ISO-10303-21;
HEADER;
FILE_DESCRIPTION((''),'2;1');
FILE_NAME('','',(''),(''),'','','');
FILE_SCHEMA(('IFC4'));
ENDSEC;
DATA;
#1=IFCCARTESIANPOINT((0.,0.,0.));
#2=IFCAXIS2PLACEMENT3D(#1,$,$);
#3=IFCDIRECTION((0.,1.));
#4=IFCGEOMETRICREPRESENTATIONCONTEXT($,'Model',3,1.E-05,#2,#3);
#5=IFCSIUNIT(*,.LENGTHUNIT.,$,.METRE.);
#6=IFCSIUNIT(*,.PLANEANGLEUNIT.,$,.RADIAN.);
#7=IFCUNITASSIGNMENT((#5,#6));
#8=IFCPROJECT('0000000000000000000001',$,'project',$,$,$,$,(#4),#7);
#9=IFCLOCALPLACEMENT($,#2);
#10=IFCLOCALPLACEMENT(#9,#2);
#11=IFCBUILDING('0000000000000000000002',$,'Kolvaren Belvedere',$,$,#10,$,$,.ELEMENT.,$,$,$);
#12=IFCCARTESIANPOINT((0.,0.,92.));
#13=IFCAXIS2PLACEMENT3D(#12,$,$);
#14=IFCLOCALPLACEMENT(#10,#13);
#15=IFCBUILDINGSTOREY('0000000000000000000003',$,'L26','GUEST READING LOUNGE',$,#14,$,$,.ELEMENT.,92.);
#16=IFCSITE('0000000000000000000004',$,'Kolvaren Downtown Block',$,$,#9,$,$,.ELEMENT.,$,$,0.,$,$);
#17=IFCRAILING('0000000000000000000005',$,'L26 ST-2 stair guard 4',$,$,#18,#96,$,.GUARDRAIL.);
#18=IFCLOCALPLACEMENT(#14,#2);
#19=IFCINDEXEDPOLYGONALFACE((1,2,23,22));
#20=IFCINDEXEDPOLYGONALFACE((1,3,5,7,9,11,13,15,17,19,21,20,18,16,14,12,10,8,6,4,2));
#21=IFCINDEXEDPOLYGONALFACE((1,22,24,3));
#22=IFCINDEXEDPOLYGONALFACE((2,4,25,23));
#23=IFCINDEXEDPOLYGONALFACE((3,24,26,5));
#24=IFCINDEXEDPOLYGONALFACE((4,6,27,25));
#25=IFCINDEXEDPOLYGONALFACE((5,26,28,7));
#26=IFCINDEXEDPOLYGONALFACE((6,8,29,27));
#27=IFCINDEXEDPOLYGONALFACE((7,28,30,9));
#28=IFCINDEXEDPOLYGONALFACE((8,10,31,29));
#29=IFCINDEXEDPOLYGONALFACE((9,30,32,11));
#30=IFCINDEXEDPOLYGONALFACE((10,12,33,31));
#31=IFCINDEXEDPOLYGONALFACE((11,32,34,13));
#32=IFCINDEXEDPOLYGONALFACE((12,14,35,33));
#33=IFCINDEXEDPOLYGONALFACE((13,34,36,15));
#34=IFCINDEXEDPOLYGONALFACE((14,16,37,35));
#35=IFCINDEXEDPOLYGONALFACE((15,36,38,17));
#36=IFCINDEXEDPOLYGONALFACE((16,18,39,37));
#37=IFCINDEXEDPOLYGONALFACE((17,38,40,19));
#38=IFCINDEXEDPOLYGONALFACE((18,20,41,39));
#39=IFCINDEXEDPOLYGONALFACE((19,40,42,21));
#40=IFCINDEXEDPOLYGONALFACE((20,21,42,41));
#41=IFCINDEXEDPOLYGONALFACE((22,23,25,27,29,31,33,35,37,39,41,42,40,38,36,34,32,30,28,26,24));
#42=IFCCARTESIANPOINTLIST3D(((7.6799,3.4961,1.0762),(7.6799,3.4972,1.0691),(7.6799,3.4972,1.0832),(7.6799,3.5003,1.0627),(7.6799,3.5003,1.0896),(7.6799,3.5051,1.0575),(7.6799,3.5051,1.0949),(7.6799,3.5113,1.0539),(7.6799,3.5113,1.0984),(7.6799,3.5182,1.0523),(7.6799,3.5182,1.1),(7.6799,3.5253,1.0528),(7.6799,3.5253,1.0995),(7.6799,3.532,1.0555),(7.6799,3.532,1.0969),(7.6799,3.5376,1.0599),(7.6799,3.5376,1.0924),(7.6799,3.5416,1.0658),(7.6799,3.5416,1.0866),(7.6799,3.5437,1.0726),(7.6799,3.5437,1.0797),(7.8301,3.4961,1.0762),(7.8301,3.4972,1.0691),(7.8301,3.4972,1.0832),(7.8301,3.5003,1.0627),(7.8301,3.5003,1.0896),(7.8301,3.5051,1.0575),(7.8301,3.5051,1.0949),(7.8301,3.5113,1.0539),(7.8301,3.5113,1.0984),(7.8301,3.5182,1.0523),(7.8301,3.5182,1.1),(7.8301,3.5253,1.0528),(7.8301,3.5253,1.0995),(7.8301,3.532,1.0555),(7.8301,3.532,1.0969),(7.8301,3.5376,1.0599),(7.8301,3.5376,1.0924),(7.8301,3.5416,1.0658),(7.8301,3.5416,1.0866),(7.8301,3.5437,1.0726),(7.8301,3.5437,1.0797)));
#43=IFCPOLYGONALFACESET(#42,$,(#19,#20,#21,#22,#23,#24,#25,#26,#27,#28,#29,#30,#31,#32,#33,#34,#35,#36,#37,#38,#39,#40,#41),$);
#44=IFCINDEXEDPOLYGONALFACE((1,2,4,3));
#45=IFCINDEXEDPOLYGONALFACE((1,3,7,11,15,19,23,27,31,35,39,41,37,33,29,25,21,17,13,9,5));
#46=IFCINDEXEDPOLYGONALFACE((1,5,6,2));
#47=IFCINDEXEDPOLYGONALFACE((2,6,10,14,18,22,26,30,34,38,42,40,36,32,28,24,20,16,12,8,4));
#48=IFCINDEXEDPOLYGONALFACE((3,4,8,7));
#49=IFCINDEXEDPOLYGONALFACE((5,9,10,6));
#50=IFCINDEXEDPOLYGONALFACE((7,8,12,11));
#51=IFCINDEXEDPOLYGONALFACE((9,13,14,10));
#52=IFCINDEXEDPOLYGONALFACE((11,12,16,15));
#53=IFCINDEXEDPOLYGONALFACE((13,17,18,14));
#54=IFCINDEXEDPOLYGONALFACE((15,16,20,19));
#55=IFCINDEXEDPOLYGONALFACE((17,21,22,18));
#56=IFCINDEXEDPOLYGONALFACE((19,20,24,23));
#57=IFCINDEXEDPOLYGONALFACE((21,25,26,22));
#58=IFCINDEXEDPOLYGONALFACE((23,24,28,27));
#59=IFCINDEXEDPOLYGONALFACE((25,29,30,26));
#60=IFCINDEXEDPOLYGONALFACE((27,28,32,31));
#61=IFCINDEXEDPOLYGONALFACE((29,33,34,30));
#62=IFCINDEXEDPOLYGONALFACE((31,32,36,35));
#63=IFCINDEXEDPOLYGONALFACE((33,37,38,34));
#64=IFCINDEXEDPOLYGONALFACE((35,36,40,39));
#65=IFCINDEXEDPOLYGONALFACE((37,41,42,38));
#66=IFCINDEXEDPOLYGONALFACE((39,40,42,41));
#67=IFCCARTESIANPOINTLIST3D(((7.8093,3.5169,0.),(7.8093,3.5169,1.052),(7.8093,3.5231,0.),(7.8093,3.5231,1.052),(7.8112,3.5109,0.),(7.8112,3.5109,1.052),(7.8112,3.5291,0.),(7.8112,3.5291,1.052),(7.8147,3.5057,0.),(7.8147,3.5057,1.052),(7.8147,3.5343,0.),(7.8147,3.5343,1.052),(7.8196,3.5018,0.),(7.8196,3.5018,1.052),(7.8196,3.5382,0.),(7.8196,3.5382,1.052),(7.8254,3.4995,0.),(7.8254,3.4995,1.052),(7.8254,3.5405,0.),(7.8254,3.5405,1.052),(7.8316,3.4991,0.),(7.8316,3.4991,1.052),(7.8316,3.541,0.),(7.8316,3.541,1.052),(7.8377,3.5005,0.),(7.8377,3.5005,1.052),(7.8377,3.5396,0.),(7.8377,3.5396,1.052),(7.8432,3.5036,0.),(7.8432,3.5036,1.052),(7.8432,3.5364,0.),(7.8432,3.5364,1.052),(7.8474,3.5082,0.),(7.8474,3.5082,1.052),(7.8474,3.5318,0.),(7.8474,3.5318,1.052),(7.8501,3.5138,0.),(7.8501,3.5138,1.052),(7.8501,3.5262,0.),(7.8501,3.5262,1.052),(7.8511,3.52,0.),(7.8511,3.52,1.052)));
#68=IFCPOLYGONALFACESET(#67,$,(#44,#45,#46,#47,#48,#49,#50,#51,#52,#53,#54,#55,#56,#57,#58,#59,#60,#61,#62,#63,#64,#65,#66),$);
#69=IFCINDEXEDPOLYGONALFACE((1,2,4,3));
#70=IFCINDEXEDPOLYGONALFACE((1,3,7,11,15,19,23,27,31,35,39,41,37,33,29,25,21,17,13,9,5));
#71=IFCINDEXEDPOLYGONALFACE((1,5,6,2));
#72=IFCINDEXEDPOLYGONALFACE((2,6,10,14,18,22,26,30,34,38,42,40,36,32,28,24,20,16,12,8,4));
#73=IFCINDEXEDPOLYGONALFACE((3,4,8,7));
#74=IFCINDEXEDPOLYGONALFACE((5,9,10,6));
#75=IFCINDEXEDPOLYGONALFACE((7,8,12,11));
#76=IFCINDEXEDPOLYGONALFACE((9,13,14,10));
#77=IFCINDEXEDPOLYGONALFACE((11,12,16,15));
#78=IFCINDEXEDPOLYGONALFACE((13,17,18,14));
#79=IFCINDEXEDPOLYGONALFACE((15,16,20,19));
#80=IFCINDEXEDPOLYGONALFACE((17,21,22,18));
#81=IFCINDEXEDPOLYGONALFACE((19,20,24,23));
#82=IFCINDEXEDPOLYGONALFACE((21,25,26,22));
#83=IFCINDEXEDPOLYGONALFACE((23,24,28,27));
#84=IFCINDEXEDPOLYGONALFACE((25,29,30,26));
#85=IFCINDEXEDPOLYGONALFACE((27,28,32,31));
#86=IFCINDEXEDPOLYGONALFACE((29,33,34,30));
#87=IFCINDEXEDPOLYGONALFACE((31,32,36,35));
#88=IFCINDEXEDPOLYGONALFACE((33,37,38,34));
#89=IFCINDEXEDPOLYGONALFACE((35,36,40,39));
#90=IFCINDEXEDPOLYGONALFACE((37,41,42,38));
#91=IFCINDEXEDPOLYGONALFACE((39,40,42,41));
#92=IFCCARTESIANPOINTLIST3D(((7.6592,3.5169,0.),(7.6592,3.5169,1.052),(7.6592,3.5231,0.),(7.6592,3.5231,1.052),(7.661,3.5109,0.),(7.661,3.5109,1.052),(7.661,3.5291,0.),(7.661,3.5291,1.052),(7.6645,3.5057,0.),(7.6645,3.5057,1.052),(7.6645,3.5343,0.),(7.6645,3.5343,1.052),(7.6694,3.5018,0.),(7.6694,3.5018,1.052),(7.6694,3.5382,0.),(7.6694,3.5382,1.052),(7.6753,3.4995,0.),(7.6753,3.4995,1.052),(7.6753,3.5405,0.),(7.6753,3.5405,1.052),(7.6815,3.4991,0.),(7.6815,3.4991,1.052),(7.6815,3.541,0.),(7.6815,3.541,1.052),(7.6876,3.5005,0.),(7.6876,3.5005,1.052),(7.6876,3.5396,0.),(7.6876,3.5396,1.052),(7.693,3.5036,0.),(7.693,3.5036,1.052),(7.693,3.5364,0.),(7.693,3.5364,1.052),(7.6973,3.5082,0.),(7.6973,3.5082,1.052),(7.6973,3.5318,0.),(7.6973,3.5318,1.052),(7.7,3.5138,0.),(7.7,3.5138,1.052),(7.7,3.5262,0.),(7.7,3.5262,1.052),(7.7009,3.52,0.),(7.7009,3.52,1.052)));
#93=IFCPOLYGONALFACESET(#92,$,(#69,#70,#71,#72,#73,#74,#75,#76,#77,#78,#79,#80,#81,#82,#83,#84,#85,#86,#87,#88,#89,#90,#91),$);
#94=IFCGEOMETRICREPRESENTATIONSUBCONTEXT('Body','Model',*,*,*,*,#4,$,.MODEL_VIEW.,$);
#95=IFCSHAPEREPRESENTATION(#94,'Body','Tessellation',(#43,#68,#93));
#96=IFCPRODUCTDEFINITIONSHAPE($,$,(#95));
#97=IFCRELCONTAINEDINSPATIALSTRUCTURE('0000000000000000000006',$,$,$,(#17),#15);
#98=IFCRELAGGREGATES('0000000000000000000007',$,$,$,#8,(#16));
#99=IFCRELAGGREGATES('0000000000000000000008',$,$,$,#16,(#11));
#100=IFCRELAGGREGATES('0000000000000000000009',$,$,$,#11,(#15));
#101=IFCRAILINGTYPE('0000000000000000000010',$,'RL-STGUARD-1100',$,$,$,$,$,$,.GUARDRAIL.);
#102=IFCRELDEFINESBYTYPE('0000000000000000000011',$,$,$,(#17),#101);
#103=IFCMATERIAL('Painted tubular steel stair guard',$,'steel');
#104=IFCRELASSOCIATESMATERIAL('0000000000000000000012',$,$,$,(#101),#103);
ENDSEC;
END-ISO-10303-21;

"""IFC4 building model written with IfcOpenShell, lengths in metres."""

from ifc_helpers import new_model, si_unit, direction, frame, origin, origin_2d, place, context, subcontext, project, spatial, circle, extrude, material, type_object, element, save


model = new_model("IFC4")

# Units and contexts
model_context = context("Model", 3, precision=1e-05, world=origin(), true_north=direction((0.0, 1.0)))
body_context = subcontext(model_context, "Body", "Model", "MODEL_VIEW")
ifc_project = project(units=[si_unit("LENGTHUNIT", "METRE"), si_unit("PLANEANGLEUNIT", "RADIAN")], contexts=[model_context])

# Site, building, storey
site_placement = place(None, origin())
site = spatial("IfcSite", under=ifc_project, at=site_placement, Name="Kolvaren Downtown Block", CompositionType="ELEMENT", RefElevation=0.0)
building_placement = place(site_placement, origin())
building = spatial("IfcBuilding", under=site, at=building_placement, Name="Kolvaren Belvedere", CompositionType="ELEMENT")
storey_placement = place(building_placement, frame((0.0, 0.0, 92.0)))
storey = spatial("IfcBuildingStorey", under=building, at=storey_placement, Name="L26", Description="GUEST READING LOUNGE", CompositionType="ELEMENT", Elevation=92.0)

# Railing
ifc_material_1 = material(Name="Painted tubular steel stair guard", Category="steel")
railing_type_1 = type_object("IfcRailingType", Name="RL-STGUARD-1100", PredefinedType="GUARDRAIL", material=ifc_material_1)
railing_1_placement = place(storey_placement, frame((7.8301, 3.52, 0.0)))
element("IfcRailing", 1, at=railing_1_placement, inside=storey, type_object=railing_type_1, Name="L26 ST-2 stair guard 4", PredefinedType="GUARDRAIL", context=body_context, shape_type="SweptSolid", body=[
    extrude(circle(Radius=0.0239, at=origin_2d()), frame((0.0, 0.0, 1.0762), z_axis=(-1.0, 0.0, 0.0), x_axis=(0.0, -1.0, 0.0)), (0.0, 0.0, 1.0), 0.1501),
    extrude(circle(Radius=0.021, at=origin_2d()), origin(), (0.0, 0.0, 1.0), 1.052),
    extrude(circle(Radius=0.021, at=origin_2d()), frame((-0.1501, 0.0, 0.0)), (0.0, 0.0, 1.0), 1.052),
])

save(model, "model.ifc")
